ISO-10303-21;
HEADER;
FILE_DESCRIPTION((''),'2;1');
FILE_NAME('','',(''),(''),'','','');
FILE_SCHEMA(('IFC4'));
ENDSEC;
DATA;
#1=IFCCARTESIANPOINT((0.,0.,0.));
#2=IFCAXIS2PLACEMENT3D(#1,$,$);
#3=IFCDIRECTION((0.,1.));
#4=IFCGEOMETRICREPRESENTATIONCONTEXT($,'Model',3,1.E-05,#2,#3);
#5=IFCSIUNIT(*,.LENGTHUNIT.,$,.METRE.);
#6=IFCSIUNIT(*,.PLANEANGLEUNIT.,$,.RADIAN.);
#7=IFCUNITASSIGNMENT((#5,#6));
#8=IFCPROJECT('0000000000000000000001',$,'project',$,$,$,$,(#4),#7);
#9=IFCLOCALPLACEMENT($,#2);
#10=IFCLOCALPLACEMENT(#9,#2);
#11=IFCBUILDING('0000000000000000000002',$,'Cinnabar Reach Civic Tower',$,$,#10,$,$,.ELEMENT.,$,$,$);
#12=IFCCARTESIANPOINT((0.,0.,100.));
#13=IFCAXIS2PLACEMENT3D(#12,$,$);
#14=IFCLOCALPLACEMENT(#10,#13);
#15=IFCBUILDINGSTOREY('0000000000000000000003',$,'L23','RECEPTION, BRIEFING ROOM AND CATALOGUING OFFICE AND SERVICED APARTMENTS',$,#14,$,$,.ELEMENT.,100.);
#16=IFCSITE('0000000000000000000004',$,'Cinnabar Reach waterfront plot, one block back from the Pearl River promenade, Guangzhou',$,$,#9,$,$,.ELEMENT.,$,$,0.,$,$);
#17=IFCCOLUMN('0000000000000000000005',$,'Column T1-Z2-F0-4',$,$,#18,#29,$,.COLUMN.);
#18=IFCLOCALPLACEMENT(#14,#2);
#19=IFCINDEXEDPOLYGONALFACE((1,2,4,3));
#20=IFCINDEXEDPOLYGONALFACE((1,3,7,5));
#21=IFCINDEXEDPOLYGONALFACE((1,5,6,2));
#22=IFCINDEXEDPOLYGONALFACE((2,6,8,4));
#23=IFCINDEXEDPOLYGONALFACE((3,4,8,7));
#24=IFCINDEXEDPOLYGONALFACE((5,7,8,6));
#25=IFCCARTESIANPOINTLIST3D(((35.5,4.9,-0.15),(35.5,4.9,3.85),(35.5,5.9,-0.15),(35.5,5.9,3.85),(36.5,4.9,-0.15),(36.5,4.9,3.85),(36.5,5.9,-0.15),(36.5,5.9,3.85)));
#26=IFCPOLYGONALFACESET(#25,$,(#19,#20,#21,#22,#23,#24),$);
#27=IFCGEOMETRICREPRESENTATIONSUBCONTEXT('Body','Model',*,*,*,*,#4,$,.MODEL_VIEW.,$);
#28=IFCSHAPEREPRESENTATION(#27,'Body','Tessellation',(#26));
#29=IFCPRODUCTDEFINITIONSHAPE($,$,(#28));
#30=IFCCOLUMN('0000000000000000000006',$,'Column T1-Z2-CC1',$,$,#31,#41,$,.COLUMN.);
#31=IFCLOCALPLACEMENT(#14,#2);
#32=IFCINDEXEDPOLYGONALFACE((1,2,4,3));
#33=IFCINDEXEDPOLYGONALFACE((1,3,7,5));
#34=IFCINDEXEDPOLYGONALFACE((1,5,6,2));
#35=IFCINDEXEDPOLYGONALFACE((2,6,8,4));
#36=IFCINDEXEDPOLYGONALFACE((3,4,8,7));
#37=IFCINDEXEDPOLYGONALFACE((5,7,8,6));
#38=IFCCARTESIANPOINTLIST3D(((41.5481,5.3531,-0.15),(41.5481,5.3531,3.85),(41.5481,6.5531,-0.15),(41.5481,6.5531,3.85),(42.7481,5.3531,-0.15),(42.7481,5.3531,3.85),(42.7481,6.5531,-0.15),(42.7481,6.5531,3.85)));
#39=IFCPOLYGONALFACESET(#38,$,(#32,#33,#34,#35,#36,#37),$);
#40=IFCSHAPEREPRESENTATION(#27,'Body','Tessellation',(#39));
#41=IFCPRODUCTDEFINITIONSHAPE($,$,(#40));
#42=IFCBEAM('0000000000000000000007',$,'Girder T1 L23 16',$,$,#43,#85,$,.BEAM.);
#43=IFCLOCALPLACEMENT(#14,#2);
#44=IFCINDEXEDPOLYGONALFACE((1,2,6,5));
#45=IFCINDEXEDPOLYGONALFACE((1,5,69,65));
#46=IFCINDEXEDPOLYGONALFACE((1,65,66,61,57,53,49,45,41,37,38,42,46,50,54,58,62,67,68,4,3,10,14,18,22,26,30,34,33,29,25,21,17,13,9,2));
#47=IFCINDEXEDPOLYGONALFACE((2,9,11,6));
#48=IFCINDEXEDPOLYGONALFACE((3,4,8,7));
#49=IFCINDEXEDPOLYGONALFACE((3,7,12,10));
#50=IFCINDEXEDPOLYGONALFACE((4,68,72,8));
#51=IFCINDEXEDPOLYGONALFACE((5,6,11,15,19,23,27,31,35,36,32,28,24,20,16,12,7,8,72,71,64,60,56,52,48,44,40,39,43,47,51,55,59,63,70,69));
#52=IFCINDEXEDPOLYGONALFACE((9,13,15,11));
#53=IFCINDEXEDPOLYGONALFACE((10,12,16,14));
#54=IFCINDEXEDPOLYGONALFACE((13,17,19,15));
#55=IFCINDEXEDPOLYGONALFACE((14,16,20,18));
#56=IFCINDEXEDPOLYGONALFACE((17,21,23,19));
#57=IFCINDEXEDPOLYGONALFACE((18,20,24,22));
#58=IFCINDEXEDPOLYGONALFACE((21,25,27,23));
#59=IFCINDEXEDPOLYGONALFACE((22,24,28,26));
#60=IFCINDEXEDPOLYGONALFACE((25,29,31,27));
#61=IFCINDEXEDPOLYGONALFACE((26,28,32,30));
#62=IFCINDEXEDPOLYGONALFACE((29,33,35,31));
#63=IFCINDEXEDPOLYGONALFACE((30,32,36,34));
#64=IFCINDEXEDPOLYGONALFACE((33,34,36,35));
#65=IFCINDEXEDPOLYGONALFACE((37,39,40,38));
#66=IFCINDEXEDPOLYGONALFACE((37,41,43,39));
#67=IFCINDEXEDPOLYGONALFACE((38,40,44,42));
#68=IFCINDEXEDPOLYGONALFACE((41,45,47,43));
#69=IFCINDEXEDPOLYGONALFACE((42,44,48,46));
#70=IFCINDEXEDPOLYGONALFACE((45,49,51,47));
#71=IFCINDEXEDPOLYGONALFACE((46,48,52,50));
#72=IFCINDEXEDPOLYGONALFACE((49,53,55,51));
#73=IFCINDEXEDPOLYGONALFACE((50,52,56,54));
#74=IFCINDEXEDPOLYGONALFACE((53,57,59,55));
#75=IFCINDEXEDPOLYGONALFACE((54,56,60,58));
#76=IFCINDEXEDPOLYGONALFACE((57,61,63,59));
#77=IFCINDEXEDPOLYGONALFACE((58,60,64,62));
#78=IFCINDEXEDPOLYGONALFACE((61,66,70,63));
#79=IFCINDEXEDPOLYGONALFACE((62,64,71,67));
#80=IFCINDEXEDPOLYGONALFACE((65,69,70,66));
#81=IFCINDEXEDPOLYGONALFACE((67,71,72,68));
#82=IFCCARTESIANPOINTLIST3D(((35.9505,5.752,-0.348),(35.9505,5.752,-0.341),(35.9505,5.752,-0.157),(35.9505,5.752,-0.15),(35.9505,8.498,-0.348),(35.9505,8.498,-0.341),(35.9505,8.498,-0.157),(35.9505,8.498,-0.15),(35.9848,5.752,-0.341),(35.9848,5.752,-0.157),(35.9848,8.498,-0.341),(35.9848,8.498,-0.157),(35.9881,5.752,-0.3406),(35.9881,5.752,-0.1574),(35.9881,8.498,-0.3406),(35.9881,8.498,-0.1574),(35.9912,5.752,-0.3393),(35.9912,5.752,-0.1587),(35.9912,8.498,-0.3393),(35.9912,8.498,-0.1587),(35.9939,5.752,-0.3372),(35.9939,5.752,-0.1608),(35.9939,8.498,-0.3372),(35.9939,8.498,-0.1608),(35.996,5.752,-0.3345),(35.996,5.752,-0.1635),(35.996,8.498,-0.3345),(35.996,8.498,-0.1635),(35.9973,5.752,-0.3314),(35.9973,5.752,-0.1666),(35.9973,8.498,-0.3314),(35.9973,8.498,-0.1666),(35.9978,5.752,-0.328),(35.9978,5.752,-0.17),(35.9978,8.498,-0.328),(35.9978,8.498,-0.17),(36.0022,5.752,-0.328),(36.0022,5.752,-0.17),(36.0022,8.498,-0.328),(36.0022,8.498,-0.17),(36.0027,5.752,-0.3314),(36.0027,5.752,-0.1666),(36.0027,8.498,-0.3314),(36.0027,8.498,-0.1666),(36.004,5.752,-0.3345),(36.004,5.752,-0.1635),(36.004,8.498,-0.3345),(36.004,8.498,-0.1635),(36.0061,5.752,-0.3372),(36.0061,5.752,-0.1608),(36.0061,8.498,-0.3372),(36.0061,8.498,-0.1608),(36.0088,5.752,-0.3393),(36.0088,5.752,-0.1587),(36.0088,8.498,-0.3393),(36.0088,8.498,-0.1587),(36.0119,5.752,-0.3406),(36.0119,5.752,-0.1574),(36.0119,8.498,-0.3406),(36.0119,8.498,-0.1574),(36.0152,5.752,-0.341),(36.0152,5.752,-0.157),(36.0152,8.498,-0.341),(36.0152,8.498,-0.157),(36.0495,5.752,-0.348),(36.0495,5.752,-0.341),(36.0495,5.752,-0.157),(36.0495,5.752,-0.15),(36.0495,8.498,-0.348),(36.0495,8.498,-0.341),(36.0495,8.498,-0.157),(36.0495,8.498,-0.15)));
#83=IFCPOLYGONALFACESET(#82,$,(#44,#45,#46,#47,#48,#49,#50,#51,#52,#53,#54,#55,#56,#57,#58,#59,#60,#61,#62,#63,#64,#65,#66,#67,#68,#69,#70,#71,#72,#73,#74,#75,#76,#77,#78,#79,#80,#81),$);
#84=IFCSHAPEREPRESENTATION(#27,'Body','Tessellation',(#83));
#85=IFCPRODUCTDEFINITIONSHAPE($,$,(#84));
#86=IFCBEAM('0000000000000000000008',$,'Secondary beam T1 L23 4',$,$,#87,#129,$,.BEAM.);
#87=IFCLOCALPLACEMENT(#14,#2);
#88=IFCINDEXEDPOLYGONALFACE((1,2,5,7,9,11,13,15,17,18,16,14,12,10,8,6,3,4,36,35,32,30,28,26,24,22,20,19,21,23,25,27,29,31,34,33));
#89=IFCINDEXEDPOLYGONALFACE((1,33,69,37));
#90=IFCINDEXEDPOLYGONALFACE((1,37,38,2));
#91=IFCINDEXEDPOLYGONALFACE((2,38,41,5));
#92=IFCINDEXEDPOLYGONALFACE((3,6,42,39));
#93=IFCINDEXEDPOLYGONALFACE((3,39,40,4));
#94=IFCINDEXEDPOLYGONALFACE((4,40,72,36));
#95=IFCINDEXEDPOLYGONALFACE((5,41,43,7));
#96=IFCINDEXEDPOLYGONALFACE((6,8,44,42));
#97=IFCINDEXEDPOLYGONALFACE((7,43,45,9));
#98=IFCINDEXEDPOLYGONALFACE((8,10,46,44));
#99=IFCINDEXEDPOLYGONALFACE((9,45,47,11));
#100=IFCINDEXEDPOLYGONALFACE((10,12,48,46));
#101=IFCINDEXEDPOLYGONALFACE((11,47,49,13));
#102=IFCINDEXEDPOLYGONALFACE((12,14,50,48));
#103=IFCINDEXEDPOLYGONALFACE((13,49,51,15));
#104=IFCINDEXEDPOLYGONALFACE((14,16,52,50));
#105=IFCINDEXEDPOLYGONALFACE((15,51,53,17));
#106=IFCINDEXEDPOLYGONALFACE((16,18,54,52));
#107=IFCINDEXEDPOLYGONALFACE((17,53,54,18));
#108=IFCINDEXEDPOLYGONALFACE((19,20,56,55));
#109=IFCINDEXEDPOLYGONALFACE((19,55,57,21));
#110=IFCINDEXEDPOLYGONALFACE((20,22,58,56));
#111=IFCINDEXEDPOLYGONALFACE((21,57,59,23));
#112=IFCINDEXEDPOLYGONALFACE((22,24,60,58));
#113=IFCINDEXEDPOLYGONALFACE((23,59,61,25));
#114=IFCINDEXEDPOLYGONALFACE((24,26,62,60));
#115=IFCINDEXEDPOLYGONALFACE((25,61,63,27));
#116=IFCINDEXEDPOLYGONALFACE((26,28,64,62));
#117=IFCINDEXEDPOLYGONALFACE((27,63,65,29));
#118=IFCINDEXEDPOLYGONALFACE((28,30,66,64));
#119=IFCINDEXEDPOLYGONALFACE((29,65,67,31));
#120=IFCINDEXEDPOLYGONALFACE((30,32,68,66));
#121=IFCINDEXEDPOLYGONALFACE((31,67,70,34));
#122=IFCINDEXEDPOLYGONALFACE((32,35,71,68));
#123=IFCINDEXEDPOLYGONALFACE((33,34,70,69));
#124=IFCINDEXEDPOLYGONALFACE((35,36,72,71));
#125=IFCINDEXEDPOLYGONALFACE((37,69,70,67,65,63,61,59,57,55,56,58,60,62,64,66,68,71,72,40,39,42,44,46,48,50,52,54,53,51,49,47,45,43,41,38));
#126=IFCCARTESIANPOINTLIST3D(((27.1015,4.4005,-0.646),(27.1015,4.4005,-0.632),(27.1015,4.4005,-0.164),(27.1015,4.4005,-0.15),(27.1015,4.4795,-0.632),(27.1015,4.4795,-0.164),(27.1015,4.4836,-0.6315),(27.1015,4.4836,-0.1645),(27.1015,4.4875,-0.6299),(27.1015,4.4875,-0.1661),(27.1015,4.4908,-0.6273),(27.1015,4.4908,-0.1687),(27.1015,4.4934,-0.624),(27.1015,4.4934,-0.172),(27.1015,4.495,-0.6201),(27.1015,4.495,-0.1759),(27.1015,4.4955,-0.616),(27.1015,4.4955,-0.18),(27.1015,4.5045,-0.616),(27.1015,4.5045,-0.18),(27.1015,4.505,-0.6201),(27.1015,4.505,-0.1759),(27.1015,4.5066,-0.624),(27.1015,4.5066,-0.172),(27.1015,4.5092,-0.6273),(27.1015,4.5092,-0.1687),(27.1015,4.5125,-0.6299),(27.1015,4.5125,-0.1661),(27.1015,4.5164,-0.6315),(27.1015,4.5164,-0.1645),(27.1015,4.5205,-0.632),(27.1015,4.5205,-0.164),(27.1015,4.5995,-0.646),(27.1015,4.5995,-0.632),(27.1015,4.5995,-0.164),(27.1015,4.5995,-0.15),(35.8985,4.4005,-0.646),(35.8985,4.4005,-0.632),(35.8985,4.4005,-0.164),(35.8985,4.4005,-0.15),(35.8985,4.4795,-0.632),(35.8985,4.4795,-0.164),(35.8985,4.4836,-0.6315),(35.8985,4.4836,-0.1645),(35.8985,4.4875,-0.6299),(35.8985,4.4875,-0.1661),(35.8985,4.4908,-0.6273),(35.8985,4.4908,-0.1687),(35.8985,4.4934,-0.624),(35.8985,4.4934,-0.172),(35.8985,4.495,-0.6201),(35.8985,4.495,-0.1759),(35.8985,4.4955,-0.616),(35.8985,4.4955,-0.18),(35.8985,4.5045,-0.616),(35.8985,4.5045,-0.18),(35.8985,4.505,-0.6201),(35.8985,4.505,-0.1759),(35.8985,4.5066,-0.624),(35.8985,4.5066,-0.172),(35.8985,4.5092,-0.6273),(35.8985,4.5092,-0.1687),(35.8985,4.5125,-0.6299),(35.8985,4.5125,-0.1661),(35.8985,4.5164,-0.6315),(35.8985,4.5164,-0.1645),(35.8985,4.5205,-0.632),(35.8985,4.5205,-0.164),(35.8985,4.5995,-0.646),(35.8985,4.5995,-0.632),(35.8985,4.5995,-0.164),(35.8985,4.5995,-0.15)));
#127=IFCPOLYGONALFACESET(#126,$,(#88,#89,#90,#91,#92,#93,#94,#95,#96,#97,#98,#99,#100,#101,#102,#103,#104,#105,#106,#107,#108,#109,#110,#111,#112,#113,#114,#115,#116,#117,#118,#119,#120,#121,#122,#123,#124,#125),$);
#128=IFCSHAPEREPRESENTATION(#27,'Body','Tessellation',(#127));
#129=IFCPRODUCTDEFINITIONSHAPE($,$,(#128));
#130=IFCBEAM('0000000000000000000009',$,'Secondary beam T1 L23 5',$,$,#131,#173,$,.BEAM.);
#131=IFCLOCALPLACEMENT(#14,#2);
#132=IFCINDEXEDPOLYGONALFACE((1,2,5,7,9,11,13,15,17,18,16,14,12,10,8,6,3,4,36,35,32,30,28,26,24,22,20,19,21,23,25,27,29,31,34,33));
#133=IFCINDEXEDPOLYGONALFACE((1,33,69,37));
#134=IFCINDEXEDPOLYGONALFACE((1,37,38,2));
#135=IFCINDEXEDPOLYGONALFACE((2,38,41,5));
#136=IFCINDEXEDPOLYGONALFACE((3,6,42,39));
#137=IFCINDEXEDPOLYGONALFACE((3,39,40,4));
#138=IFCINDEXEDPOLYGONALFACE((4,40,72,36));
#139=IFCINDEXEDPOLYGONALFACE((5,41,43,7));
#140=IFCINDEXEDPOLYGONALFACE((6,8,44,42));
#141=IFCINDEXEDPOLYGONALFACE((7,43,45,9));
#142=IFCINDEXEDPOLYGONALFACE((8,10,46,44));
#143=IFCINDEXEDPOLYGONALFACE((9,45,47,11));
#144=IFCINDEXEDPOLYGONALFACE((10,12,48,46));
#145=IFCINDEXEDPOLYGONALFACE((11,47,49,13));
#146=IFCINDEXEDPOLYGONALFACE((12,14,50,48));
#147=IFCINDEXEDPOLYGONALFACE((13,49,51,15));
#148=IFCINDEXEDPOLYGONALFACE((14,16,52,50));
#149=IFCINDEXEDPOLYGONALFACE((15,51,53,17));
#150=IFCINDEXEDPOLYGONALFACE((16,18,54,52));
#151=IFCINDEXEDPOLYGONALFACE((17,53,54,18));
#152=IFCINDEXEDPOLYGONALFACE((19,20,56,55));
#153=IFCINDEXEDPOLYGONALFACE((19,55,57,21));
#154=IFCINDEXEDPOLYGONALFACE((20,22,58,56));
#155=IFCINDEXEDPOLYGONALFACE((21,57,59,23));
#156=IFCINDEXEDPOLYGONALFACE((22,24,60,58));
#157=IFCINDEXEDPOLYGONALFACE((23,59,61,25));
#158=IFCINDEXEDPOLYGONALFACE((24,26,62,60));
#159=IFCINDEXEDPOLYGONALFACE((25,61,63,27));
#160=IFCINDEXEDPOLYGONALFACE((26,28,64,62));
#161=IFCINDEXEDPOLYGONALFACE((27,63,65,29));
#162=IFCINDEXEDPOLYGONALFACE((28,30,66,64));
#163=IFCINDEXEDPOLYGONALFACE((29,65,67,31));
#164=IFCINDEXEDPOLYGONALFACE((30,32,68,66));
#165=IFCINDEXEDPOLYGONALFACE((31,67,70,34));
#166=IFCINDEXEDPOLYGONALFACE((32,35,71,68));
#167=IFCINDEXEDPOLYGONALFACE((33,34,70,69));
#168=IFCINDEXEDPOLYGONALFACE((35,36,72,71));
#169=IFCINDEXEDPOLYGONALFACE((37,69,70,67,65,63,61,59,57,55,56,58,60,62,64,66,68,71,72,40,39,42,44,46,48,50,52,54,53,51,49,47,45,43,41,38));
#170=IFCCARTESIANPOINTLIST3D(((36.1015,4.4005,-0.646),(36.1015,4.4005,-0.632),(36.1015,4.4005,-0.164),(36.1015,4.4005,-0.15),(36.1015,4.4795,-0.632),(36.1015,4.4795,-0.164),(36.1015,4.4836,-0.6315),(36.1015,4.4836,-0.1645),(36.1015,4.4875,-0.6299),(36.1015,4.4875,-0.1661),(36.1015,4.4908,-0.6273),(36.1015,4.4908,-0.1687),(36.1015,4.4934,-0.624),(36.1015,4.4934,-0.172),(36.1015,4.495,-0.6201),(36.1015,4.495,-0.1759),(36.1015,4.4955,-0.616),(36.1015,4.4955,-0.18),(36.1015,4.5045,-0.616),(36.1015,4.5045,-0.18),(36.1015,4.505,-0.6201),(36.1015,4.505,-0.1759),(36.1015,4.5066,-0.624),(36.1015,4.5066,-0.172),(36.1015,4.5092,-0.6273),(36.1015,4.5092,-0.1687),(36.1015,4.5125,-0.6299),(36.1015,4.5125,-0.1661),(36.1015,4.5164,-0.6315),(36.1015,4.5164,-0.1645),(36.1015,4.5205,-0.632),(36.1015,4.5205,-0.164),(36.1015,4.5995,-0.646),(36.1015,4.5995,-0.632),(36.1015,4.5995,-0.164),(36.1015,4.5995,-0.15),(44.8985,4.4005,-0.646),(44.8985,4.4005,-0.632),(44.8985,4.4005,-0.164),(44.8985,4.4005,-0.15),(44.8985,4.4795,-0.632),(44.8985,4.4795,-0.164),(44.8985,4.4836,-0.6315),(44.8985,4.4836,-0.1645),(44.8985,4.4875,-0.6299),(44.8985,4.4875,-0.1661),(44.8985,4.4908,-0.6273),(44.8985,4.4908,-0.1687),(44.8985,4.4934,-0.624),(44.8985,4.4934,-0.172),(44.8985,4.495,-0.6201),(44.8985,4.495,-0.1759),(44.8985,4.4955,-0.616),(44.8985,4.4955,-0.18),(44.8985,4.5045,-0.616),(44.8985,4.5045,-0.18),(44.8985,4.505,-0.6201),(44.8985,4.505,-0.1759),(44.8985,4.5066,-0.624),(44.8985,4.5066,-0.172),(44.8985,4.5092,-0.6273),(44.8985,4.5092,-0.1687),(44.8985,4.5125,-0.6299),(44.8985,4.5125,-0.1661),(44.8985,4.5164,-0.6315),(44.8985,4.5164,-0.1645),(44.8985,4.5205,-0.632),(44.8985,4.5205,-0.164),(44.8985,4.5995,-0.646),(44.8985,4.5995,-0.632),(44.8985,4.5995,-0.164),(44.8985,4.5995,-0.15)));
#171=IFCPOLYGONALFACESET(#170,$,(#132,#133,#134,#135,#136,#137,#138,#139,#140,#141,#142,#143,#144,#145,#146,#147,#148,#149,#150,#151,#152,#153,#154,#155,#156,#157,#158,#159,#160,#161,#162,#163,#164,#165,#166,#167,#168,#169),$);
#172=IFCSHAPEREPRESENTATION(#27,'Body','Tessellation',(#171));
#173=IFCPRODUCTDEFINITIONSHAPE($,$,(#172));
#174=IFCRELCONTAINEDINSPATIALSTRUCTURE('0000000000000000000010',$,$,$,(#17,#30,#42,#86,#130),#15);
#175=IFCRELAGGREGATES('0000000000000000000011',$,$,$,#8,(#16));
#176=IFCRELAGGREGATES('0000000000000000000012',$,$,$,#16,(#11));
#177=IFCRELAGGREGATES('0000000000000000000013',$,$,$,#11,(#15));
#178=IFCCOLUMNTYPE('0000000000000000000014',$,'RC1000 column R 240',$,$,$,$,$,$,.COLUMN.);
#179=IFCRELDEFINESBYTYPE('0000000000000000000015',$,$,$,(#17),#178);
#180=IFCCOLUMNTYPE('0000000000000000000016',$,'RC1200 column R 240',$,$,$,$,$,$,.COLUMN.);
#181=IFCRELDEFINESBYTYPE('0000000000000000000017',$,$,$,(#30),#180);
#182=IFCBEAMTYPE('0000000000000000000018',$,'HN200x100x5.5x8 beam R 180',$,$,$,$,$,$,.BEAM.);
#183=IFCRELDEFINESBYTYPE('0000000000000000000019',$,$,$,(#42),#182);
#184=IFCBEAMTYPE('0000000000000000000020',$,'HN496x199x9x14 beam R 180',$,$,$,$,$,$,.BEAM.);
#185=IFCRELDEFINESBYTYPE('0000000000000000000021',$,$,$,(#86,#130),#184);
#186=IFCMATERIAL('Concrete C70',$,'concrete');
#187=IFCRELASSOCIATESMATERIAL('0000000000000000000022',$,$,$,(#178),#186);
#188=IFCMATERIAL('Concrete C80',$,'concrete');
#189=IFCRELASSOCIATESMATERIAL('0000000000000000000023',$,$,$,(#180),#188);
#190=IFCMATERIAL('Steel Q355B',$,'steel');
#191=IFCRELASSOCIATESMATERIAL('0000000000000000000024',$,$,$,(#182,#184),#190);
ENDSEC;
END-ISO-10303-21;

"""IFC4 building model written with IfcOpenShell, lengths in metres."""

from ifc_helpers import new_model, si_unit, direction, frame, origin, origin_2d, place, context, subcontext, project, spatial, rectangle, i_section, extrude, material, material_profile, profile_set, type_object, element, save


model = new_model("IFC4")

# Units and contexts
model_context = context("Model", 3, precision=1e-05, world=origin(), true_north=direction((0.0, 1.0)))
body_context = subcontext(model_context, "Body", "Model", "MODEL_VIEW")
ifc_project = project(units=[si_unit("LENGTHUNIT", "METRE"), si_unit("PLANEANGLEUNIT", "RADIAN")], contexts=[model_context])

# Site, building, storey
site_placement = place(None, origin())
site = spatial("IfcSite", under=ifc_project, at=site_placement, Name="Cinnabar Reach waterfront plot, one block back from the Pearl River promenade, Guangzhou", CompositionType="ELEMENT", RefElevation=0.0)
building_placement = place(site_placement, origin())
building = spatial("IfcBuilding", under=site, at=building_placement, Name="Cinnabar Reach Civic Tower", CompositionType="ELEMENT")
storey_placement = place(building_placement, frame((0.0, 0.0, 100.0)))
storey = spatial("IfcBuildingStorey", under=building, at=storey_placement, Name="L23", Description="RECEPTION, BRIEFING ROOM AND CATALOGUING OFFICE AND SERVICED APARTMENTS", CompositionType="ELEMENT", Elevation=100.0)

# Columns
ifc_material_1 = material(Name="Concrete C70", Category="concrete")
ifc_material_profile_1 = material_profile(ifc_material_1, rectangle(XDim=1.0, YDim=1.0, at=origin_2d()), Name="RC1000")
ifc_profile_set_1 = profile_set([ifc_material_profile_1], Name="Concrete C70")
column_type_1 = type_object("IfcColumnType", Name="RC1000 column R 240", PredefinedType="COLUMN", material=ifc_profile_set_1)
column_1_placement = place(storey_placement, frame((36.0, 5.4, -0.15), z_axis=(0.0, 0.0, 1.0), x_axis=(1.0, 0.0, 0.0)))
element("IfcColumn", 1, at=column_1_placement, inside=storey, type_object=column_type_1, Name="Column T1-Z2-F0-4", PredefinedType="COLUMN", context=body_context, shape_type="SweptSolid", body=[
    extrude(rectangle(XDim=1.0, YDim=1.0, at=origin_2d()), origin(), (0.0, 0.0, 1.0), 4.0),
])
ifc_material_2 = material(Name="Concrete C80", Category="concrete")
ifc_material_profile_2 = material_profile(ifc_material_2, rectangle(XDim=1.2, YDim=1.2, at=origin_2d()), Name="RC1200")
ifc_profile_set_2 = profile_set([ifc_material_profile_2], Name="Concrete C80")
column_type_2 = type_object("IfcColumnType", Name="RC1200 column R 240", PredefinedType="COLUMN", material=ifc_profile_set_2)
column_2_placement = place(storey_placement, frame((42.1481, 5.9531, -0.15), z_axis=(0.0, 0.0, 1.0), x_axis=(1.0, 0.0, 0.0)))
element("IfcColumn", 2, at=column_2_placement, inside=storey, type_object=column_type_2, Name="Column T1-Z2-CC1", PredefinedType="COLUMN", context=body_context, shape_type="SweptSolid", body=[
    extrude(rectangle(XDim=1.2, YDim=1.2, at=origin_2d()), origin(), (0.0, 0.0, 1.0), 4.0),
])

# Beams
ifc_material_3 = material(Name="Steel Q355B", Category="steel")
ifc_material_profile_3 = material_profile(ifc_material_3, i_section(OverallWidth=0.099, OverallDepth=0.198, WebThickness=0.0045, FlangeThickness=0.007, FilletRadius=0.013, at=origin_2d()), Name="HN200x100x5.5x8")
ifc_profile_set_3 = profile_set([ifc_material_profile_3], Name="Steel Q355B")
beam_type_1 = type_object("IfcBeamType", Name="HN200x100x5.5x8 beam R 180", PredefinedType="BEAM", material=ifc_profile_set_3)
beam_1_placement = place(storey_placement, frame((36.0, 5.752, -0.249), z_axis=(0.0, 1.0, 0.0), x_axis=(-1.0, 0.0, 0.0)))
element("IfcBeam", 3, at=beam_1_placement, inside=storey, type_object=beam_type_1, Name="Girder T1 L23 16", PredefinedType="BEAM", context=body_context, shape_type="SweptSolid", body=[
    extrude(i_section(OverallWidth=0.099, OverallDepth=0.198, WebThickness=0.0045, FlangeThickness=0.007, FilletRadius=0.013, at=origin_2d()), origin(), (0.0, 0.0, 1.0), 2.746),
])
ifc_material_profile_4 = material_profile(ifc_material_3, i_section(OverallWidth=0.199, OverallDepth=0.496, WebThickness=0.009, FlangeThickness=0.014, FilletRadius=0.016, at=origin_2d()), Name="HN496x199x9x14")
ifc_profile_set_4 = profile_set([ifc_material_profile_4], Name="Steel Q355B")
beam_type_2 = type_object("IfcBeamType", Name="HN496x199x9x14 beam R 180", PredefinedType="BEAM", material=ifc_profile_set_4)
for number, where, z_axis, x_axis, name in (
    (4, (27.1015, 4.5, -0.398), (1.0, 0.0, 0.0), (0.0, 1.0, 0.0), "Secondary beam T1 L23 4"),
    (5, (36.1015, 4.5, -0.398), (1.0, 0.0, 0.0), (0.0, 1.0, 0.0), "Secondary beam T1 L23 5"),
):
    element("IfcBeam", number, at=place(storey_placement, frame(where, z_axis=z_axis, x_axis=x_axis)), inside=storey, type_object=beam_type_2, Name=name, PredefinedType="BEAM", context=body_context, shape_type="SweptSolid", body=[
        extrude(i_section(OverallWidth=0.199, OverallDepth=0.496, WebThickness=0.009, FlangeThickness=0.014, FilletRadius=0.016, at=origin_2d()), origin(), (0.0, 0.0, 1.0), 8.797),
    ])

save(model, "model.ifc")
